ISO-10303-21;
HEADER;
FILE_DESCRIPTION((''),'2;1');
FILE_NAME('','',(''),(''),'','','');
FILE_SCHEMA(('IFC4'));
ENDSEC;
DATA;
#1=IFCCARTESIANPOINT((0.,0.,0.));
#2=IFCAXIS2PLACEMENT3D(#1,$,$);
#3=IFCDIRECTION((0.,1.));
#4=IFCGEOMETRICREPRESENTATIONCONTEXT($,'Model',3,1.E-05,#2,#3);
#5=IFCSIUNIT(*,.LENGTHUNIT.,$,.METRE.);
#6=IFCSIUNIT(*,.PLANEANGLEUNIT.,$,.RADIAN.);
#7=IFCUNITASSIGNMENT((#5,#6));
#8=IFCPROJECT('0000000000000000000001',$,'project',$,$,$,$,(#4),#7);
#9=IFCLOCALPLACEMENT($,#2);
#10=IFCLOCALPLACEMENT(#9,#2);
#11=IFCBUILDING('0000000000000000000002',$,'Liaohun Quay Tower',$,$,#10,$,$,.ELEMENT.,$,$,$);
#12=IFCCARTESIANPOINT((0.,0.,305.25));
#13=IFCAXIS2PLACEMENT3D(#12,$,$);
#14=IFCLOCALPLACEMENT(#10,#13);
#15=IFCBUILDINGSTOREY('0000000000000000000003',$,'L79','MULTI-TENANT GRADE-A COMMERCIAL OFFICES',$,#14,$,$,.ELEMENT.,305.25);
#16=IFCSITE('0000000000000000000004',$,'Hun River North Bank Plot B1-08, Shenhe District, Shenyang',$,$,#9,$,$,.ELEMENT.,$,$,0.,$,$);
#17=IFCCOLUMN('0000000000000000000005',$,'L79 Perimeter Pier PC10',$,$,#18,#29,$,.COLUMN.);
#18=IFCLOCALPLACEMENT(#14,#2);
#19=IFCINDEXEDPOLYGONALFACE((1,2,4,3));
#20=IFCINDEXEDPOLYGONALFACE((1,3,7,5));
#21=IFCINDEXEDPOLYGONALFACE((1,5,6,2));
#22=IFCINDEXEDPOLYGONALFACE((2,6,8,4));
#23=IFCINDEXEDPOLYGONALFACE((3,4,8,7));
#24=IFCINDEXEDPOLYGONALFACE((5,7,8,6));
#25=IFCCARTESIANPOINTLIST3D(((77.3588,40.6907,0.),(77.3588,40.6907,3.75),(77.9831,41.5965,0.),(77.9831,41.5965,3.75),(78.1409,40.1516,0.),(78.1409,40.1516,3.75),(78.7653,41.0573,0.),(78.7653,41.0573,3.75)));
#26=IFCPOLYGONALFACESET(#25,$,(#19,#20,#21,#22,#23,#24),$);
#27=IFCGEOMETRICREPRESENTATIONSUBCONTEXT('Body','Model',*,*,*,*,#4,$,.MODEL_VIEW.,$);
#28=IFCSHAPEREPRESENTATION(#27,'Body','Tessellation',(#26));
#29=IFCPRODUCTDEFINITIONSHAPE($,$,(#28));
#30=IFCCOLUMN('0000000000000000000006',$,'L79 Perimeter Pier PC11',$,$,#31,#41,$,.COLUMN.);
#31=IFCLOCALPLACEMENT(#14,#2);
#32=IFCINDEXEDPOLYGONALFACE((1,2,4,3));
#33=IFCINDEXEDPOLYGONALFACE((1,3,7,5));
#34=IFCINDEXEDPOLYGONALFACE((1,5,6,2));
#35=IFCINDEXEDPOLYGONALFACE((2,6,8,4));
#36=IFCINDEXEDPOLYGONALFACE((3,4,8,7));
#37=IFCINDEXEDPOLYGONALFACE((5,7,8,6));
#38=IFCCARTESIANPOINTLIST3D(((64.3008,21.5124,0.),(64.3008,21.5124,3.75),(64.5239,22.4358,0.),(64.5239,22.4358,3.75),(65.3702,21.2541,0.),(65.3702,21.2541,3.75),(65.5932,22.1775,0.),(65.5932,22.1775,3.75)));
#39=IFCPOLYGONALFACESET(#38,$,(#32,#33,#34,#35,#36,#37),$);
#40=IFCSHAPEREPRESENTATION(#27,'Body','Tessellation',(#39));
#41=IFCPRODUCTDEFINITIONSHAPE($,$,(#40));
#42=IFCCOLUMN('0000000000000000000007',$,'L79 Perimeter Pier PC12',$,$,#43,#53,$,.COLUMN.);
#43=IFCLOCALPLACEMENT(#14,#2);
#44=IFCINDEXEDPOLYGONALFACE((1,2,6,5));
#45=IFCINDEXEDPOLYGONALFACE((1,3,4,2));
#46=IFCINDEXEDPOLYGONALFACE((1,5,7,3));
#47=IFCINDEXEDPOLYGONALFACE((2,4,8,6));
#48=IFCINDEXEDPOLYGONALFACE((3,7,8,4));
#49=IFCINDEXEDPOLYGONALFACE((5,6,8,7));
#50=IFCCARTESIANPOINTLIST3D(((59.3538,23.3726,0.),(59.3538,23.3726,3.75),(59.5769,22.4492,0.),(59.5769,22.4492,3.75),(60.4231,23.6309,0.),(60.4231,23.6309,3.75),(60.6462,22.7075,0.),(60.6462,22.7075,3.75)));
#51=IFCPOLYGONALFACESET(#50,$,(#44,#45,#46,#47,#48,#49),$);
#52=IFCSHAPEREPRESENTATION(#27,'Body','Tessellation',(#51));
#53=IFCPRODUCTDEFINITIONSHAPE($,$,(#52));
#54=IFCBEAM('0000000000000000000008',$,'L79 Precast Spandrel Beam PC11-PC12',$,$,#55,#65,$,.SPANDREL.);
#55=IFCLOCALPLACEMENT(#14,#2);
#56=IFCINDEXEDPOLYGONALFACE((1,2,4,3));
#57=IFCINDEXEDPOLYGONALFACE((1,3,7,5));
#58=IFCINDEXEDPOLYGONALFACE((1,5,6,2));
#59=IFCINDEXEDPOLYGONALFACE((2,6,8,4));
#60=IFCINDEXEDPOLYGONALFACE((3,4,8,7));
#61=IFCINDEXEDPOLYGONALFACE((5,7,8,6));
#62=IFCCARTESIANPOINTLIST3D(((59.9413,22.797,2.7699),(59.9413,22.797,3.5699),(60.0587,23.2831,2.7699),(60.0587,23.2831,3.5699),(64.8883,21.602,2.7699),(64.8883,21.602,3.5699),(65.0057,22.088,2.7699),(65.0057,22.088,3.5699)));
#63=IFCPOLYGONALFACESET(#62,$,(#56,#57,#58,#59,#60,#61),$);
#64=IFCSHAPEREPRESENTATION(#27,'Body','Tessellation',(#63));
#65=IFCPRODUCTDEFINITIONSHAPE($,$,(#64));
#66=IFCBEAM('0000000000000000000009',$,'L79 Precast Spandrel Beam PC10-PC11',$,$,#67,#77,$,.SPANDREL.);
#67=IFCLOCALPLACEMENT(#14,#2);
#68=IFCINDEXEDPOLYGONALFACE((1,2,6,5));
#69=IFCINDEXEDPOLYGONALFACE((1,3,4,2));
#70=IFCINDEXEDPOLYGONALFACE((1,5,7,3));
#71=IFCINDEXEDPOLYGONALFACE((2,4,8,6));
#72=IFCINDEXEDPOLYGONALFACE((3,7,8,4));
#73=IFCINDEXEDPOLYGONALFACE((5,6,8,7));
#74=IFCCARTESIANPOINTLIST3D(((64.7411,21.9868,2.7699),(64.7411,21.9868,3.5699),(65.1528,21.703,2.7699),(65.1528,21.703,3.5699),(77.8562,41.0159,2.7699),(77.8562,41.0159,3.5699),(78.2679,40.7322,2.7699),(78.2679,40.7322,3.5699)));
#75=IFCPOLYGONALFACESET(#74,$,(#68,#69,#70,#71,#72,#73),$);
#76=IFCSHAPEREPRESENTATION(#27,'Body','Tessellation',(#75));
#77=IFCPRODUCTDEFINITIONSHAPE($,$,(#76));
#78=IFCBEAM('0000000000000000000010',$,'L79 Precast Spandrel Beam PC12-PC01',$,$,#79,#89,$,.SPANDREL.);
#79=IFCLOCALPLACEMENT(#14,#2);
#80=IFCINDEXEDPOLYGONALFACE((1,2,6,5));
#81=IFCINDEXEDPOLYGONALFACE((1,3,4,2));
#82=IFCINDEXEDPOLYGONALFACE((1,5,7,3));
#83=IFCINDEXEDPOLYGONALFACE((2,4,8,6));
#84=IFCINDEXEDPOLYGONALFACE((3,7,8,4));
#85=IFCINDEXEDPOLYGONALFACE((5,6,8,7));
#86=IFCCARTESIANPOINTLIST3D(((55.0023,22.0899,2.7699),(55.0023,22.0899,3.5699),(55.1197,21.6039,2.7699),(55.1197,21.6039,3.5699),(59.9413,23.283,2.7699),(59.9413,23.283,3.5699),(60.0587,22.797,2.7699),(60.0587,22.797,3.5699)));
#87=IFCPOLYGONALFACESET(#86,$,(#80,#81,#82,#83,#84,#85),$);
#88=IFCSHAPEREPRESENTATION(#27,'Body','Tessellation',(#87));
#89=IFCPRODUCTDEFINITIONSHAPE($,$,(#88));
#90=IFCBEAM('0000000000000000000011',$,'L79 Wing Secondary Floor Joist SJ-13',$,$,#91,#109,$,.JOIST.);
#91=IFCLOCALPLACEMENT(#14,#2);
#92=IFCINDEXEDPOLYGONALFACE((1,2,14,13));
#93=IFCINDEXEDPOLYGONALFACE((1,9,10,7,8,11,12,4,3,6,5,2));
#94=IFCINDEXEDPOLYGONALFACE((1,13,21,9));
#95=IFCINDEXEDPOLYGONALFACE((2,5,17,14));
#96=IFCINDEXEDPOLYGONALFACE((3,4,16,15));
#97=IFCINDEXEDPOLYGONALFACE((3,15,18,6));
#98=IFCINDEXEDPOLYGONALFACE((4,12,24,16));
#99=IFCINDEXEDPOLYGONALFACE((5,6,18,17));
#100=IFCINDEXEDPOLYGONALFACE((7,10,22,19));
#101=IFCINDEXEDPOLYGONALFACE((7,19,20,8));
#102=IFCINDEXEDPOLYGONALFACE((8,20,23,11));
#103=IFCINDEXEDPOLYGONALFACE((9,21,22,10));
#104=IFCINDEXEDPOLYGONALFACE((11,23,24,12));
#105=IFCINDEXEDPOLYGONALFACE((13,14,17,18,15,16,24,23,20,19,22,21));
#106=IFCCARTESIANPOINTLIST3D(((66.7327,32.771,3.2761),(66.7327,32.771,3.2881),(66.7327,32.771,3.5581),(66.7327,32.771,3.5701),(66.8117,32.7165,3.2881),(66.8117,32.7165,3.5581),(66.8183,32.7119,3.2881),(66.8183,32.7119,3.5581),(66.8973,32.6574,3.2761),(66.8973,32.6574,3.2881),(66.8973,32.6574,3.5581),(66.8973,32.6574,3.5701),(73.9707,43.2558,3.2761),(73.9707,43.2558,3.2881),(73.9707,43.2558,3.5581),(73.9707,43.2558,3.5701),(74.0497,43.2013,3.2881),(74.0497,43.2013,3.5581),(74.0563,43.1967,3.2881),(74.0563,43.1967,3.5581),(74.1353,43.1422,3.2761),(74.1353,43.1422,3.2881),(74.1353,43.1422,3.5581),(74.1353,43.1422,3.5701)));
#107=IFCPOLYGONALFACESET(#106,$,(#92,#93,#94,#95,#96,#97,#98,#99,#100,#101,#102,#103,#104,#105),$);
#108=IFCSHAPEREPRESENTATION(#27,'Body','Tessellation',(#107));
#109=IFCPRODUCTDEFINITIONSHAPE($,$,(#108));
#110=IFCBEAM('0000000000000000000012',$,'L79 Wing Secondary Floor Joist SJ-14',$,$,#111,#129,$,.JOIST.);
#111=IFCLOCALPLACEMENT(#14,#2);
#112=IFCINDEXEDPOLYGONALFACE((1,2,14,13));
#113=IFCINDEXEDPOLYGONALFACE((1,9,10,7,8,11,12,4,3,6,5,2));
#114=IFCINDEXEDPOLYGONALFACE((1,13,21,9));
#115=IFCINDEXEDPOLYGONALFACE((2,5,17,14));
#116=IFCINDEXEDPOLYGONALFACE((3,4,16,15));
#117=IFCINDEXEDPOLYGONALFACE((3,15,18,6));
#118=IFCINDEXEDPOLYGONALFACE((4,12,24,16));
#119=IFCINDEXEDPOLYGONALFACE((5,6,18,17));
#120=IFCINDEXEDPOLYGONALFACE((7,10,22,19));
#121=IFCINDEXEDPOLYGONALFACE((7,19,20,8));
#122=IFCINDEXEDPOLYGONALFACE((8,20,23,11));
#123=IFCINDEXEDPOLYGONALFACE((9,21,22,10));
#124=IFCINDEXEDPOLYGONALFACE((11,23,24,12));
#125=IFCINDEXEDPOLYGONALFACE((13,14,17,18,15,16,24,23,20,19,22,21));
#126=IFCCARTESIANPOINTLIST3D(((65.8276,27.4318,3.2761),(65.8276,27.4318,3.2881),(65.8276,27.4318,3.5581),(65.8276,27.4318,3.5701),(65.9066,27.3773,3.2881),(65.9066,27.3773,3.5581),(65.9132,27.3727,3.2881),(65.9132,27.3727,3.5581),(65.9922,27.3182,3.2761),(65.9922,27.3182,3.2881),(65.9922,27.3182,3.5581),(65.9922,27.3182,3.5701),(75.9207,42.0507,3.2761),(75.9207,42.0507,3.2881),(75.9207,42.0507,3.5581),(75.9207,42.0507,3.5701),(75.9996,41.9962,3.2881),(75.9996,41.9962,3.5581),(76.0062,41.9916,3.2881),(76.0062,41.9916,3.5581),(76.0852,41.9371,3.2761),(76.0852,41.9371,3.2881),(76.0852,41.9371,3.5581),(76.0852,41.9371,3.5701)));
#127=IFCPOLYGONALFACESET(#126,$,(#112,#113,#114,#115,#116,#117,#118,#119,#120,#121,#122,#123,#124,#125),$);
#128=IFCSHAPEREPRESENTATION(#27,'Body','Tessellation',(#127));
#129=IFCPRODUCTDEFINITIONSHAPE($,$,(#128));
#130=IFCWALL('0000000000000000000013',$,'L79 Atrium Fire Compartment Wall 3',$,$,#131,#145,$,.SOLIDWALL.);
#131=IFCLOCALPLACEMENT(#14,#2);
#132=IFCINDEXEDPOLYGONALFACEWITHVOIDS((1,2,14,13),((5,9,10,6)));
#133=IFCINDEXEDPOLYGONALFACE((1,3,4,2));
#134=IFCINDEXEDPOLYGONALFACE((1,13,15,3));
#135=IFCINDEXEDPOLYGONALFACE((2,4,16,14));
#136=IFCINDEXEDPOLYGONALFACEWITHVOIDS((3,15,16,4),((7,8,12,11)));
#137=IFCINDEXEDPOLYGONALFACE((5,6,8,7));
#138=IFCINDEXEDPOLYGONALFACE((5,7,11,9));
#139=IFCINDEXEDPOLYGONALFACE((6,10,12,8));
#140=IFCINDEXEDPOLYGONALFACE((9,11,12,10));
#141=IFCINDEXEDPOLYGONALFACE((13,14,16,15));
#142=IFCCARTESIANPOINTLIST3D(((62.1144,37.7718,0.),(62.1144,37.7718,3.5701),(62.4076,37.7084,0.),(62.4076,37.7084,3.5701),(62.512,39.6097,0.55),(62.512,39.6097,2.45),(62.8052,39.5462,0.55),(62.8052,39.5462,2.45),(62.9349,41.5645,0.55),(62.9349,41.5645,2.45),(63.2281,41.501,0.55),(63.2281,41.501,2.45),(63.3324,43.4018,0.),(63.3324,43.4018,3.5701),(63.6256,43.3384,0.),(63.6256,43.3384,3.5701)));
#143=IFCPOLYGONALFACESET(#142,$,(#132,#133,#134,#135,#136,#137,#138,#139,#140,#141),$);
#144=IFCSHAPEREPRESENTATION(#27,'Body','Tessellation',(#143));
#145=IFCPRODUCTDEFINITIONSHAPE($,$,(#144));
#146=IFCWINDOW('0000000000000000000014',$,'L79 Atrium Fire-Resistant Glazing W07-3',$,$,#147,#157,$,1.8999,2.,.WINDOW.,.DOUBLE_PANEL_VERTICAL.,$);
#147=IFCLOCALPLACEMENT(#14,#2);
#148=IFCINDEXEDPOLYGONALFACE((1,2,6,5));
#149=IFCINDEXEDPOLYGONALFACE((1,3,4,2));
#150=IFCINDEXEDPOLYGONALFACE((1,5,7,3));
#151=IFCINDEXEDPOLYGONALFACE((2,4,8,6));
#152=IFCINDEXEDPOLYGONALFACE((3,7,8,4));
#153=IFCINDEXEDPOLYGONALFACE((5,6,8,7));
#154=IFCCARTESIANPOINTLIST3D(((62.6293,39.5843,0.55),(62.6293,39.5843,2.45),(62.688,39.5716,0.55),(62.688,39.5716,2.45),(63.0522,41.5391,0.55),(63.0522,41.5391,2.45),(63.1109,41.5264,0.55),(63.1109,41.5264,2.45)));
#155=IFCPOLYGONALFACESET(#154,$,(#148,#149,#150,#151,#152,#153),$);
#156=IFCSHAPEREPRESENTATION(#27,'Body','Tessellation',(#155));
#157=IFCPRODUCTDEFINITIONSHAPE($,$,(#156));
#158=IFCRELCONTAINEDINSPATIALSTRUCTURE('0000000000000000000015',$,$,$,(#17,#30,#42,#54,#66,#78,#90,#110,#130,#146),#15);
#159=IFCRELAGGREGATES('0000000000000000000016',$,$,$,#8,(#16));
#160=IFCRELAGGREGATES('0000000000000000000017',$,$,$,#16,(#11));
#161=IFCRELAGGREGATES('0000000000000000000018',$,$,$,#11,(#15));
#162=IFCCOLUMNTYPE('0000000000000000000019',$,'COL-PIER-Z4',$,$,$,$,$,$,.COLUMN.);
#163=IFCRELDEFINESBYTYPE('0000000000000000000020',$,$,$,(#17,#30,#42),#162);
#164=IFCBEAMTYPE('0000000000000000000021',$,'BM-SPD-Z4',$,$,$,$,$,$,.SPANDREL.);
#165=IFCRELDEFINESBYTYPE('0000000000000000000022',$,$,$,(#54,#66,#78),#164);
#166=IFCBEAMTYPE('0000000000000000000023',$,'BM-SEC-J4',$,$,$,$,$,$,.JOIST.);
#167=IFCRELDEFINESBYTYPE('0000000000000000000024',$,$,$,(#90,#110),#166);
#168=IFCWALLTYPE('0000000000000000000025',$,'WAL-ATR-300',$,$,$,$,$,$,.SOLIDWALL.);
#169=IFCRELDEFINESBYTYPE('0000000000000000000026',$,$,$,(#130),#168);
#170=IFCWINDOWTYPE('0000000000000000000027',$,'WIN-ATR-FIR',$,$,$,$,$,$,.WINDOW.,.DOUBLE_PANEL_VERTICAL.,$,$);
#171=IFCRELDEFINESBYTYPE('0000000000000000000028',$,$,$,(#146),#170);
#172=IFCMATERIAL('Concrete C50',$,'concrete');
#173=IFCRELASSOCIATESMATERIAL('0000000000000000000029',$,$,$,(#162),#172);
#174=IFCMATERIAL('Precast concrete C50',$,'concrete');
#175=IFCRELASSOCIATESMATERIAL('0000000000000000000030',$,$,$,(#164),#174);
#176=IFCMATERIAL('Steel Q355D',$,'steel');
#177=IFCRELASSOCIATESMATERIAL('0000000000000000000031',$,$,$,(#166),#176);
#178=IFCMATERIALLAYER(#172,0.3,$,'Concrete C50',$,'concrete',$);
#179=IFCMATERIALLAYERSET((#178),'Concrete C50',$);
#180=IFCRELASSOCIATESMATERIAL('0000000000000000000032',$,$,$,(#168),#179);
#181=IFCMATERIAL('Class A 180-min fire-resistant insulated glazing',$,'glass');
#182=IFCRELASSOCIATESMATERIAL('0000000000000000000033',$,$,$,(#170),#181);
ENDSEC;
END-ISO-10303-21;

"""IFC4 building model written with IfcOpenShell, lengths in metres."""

from ifc_helpers import new_model, si_unit, direction, frame, frame_2d, origin, origin_2d, place, context, subcontext, project, spatial, rectangle, i_section, extrude, source, transform, mapped, material, layer, layer_set, material_profile, profile_set, type_object, element, fill, save


model = new_model("IFC4")

# Units and contexts
model_context = context("Model", 3, precision=1e-05, world=origin(), true_north=direction((0.0, 1.0)))
body_context = subcontext(model_context, "Body", "Model", "MODEL_VIEW")
ifc_project = project(units=[si_unit("LENGTHUNIT", "METRE"), si_unit("PLANEANGLEUNIT", "RADIAN")], contexts=[model_context])

# Site, building, storey
site_placement = place(None, origin())
site = spatial("IfcSite", under=ifc_project, at=site_placement, Name="Hun River North Bank Plot B1-08, Shenhe District, Shenyang", CompositionType="ELEMENT", RefElevation=0.0)
building_placement = place(site_placement, origin())
building = spatial("IfcBuilding", under=site, at=building_placement, Name="Liaohun Quay Tower", CompositionType="ELEMENT")
storey_placement = place(building_placement, frame((0.0, 0.0, 305.25)))
storey = spatial("IfcBuildingStorey", under=building, at=storey_placement, Name="L79", Description="MULTI-TENANT GRADE-A COMMERCIAL OFFICES", CompositionType="ELEMENT", Elevation=305.25)

# Columns
ifc_material_1 = material(Name="Concrete C50", Category="concrete")
ifc_material_profile_1 = material_profile(ifc_material_1, rectangle(XDim=1.1001, YDim=0.95, at=origin_2d()), Name="RC1100x950")
ifc_profile_set_1 = profile_set([ifc_material_profile_1], Name="Concrete C50")
column_type = type_object("IfcColumnType", Name="COL-PIER-Z4", PredefinedType="COLUMN", material=ifc_profile_set_1)
shared_shape_1 = source(origin(), body_context, "Body", "SweptSolid", [
    extrude(rectangle(XDim=1.1001, YDim=0.95, at=origin_2d()), origin(), (0.0, 0.0, 1.0), 3.75),
])
for number, where, z_axis, x_axis, name in (
    (1, (78.062, 40.874, 0.0), (0.0, 0.0, 1.0), (0.567556, 0.823335, 0.0), "L79 Perimeter Pier PC10"),
    (2, (64.947, 21.845, 0.0), (0.0, 0.0, 1.0), (-0.972043, 0.234803, 0.0), "L79 Perimeter Pier PC11"),
    (3, (60.0, 23.04, 0.0), (0.0, 0.0, 1.0), (0.972043, 0.234803, 0.0), "L79 Perimeter Pier PC12"),
):
    element("IfcColumn", number, at=place(storey_placement, frame(where, z_axis=z_axis, x_axis=x_axis)), inside=storey, type_object=column_type, Name=name, PredefinedType="COLUMN", context=body_context, shape_type="MappedRepresentation", body=[
        mapped(shared_shape_1, transform((0.0, 0.0, 0.0), x_axis=(1.0, 0.0, 0.0), y_axis=(0.0, 1.0, 0.0), z_axis=(0.0, 0.0, 1.0), scale=1.0)),
    ])

# Beams
ifc_material_2 = material(Name="Precast concrete C50", Category="concrete")
ifc_material_profile_2 = material_profile(ifc_material_2, rectangle(XDim=0.5, YDim=0.8, at=origin_2d()), Name="RC500x800")
ifc_profile_set_2 = profile_set([ifc_material_profile_2], Name="Precast concrete C50")
beam_type_1 = type_object("IfcBeamType", Name="BM-SPD-Z4", PredefinedType="SPANDREL", material=ifc_profile_set_2)
shared_shape_2 = source(origin(), body_context, "Body", "SweptSolid", [
    extrude(rectangle(XDim=0.5, YDim=0.8, at=origin_2d()), origin(), (0.0, 0.0, 1.0), 5.0894),
])
beam_1_placement = place(storey_placement, frame((64.947, 21.845, 3.1699), z_axis=(-0.972039, 0.234819, 0.0), x_axis=(-0.234819, -0.972039, 0.0)))
element("IfcBeam", 4, at=beam_1_placement, inside=storey, type_object=beam_type_1, Name="L79 Precast Spandrel Beam PC11-PC12", PredefinedType="SPANDREL", context=body_context, shape_type="MappedRepresentation", body=[
    mapped(shared_shape_2, transform((0.0, 0.0, 0.0), x_axis=(1.0, 0.0, 0.0), y_axis=(0.0, 1.0, 0.0), z_axis=(0.0, 0.0, 1.0), scale=1.0)),
])
shared_shape_3 = source(origin(), body_context, "Body", "SweptSolid", [
    extrude(rectangle(XDim=0.5, YDim=0.8, at=origin_2d()), origin(), (0.0, 0.0, 1.0), 23.1108),
])
beam_2_placement = place(storey_placement, frame((78.062, 40.874, 3.1699), z_axis=(-0.567484, -0.823385, 0.0), x_axis=(0.823385, -0.567484, 0.0)))
element("IfcBeam", 5, at=beam_2_placement, inside=storey, type_object=beam_type_1, Name="L79 Precast Spandrel Beam PC10-PC11", PredefinedType="SPANDREL", context=body_context, shape_type="MappedRepresentation", body=[
    mapped(shared_shape_3, transform((0.0, 0.0, 0.0), x_axis=(1.0, 0.0, 0.0), y_axis=(0.0, 1.0, 0.0), z_axis=(0.0, 0.0, 1.0), scale=1.0)),
])
shared_shape_4 = source(origin(), body_context, "Body", "SweptSolid", [
    extrude(rectangle(XDim=0.5, YDim=0.8, at=origin_2d()), origin(), (0.0, 0.0, 1.0), 5.0811),
])
beam_3_placement = place(storey_placement, frame((60.0, 23.04, 3.1699), z_axis=(-0.972039, -0.234817, 0.0), x_axis=(0.234817, -0.972039, 0.0)))
element("IfcBeam", 6, at=beam_3_placement, inside=storey, type_object=beam_type_1, Name="L79 Precast Spandrel Beam PC12-PC01", PredefinedType="SPANDREL", context=body_context, shape_type="MappedRepresentation", body=[
    mapped(shared_shape_4, transform((0.0, 0.0, 0.0), x_axis=(1.0, 0.0, 0.0), y_axis=(0.0, 1.0, 0.0), z_axis=(0.0, 0.0, 1.0), scale=1.0)),
])
ifc_material_3 = material(Name="Steel Q355D", Category="steel")
ifc_material_profile_3 = material_profile(ifc_material_3, i_section(OverallWidth=0.2, OverallDepth=0.2939, WebThickness=0.0081, FlangeThickness=0.012, at=origin_2d()), Name="HM294x200x8x12")
ifc_profile_set_3 = profile_set([ifc_material_profile_3], Name="Steel Q355D")
beam_type_2 = type_object("IfcBeamType", Name="BM-SEC-J4", PredefinedType="JOIST", material=ifc_profile_set_3)
shared_shape_5 = source(origin(), body_context, "Body", "SweptSolid", [
    extrude(i_section(OverallWidth=0.2, OverallDepth=0.2939, WebThickness=0.0081, FlangeThickness=0.012, at=origin_2d()), origin(), (0.0, 0.0, 1.0), 12.7405),
])
beam_4_placement = place(storey_placement, frame((74.053, 43.199, 3.4231), z_axis=(-0.56811, -0.822952, 0.0), x_axis=(0.822952, -0.56811, 0.0)))
element("IfcBeam", 7, at=beam_4_placement, inside=storey, type_object=beam_type_2, Name="L79 Wing Secondary Floor Joist SJ-13", PredefinedType="JOIST", context=body_context, shape_type="MappedRepresentation", body=[
    mapped(shared_shape_5, transform((0.0, 0.0, 0.0), x_axis=(1.0, 0.0, 0.0), y_axis=(0.0, 1.0, 0.0), z_axis=(0.0, 0.0, 1.0), scale=1.0)),
])
shared_shape_6 = source(origin(), body_context, "Body", "SweptSolid", [
    extrude(i_section(OverallWidth=0.2, OverallDepth=0.2939, WebThickness=0.0081, FlangeThickness=0.012, at=origin_2d()), origin(), (0.0, 0.0, 1.0), 17.7646),
])
beam_5_placement = place(storey_placement, frame((76.0029, 41.9939, 3.4231), z_axis=(-0.568153, -0.822923, 0.0), x_axis=(0.822923, -0.568153, 0.0)))
element("IfcBeam", 8, at=beam_5_placement, inside=storey, type_object=beam_type_2, Name="L79 Wing Secondary Floor Joist SJ-14", PredefinedType="JOIST", context=body_context, shape_type="MappedRepresentation", body=[
    mapped(shared_shape_6, transform((0.0, 0.0, 0.0), x_axis=(1.0, 0.0, 0.0), y_axis=(0.0, 1.0, 0.0), z_axis=(0.0, 0.0, 1.0), scale=1.0)),
])

# Wall, opening, window
ifc_layer_1 = layer(ifc_material_1, 0.3, Name="Concrete C50", Category="concrete")
ifc_layer_set_1 = layer_set([ifc_layer_1], Name="Concrete C50")
wall_type_1 = type_object("IfcWallType", Name="WAL-ATR-300", PredefinedType="SOLIDWALL", material=ifc_layer_set_1)
wall_1_placement = place(storey_placement, frame((63.479, 43.3701, 0.0), z_axis=(0.0, 0.0, 1.0), x_axis=(-0.211448, -0.977389, 0.0)))
wall_1 = element("IfcWall", 9, at=wall_1_placement, inside=storey, type_object=wall_type_1, Name="L79 Atrium Fire Compartment Wall 3", PredefinedType="SOLIDWALL", context=body_context, shape_type="SweptSolid", body=[
    extrude(rectangle(XDim=5.7603, YDim=0.3, at=frame_2d((2.8801, 0.0))), origin(), (0.0, 0.0, 1.0), 3.5701),
])
shared_shape_7 = source(origin(), body_context, "Body", "SweptSolid", [
    extrude(rectangle(XDim=2.0, YDim=1.8999, at=frame_2d((1.0, 0.95))), frame((0.0, 0.1599, 0.0), z_axis=(0.0, -1.0, 0.0), x_axis=(1.0, 0.0, 0.0)), (0.0, 0.0, 1.0), 0.3201),
])
opening_1_placement = place(wall_1_placement, frame((1.8799, 0.0, 0.55)))
opening_1 = element("IfcOpeningElement", 10, at=opening_1_placement, cuts=wall_1, PredefinedType="OPENING", context=body_context, shape_type="MappedRepresentation", body=[
    mapped(shared_shape_7, transform((0.0, 0.0, 0.0), x_axis=(1.0, 0.0, 0.0), y_axis=(0.0, 1.0, 0.0), z_axis=(0.0, 0.0, 1.0), scale=1.0)),
])
ifc_material_4 = material(Name="Class A 180-min fire-resistant insulated glazing", Category="glass")
window_type_1 = type_object("IfcWindowType", Name="WIN-ATR-FIR", PartitioningType="DOUBLE_PANEL_VERTICAL", PredefinedType="WINDOW", material=ifc_material_4)
shared_shape_8 = source(origin(), body_context, "Body", "SweptSolid", [
    extrude(rectangle(XDim=2.0, YDim=1.8999, at=frame_2d((1.0, 0.95))), frame((0.0, 0.03, 0.0), z_axis=(0.0, -1.0, 0.0), x_axis=(1.0, 0.0, 0.0)), (0.0, 0.0, 1.0), 0.0601),
])
window_1_placement = place(opening_1_placement, origin())
window_1 = element("IfcWindow", 11, at=window_1_placement, inside=storey, type_object=window_type_1, Name="L79 Atrium Fire-Resistant Glazing W07-3", OverallHeight=1.8999, OverallWidth=2.0, PartitioningType="DOUBLE_PANEL_VERTICAL", PredefinedType="WINDOW", context=body_context, shape_type="MappedRepresentation", body=[
    mapped(shared_shape_8, transform((0.0, 0.0, 0.0), x_axis=(1.0, 0.0, 0.0), y_axis=(0.0, 1.0, 0.0), z_axis=(0.0, 0.0, 1.0), scale=1.0)),
])
fill(opening_1, window_1)

save(model, "model.ifc")
